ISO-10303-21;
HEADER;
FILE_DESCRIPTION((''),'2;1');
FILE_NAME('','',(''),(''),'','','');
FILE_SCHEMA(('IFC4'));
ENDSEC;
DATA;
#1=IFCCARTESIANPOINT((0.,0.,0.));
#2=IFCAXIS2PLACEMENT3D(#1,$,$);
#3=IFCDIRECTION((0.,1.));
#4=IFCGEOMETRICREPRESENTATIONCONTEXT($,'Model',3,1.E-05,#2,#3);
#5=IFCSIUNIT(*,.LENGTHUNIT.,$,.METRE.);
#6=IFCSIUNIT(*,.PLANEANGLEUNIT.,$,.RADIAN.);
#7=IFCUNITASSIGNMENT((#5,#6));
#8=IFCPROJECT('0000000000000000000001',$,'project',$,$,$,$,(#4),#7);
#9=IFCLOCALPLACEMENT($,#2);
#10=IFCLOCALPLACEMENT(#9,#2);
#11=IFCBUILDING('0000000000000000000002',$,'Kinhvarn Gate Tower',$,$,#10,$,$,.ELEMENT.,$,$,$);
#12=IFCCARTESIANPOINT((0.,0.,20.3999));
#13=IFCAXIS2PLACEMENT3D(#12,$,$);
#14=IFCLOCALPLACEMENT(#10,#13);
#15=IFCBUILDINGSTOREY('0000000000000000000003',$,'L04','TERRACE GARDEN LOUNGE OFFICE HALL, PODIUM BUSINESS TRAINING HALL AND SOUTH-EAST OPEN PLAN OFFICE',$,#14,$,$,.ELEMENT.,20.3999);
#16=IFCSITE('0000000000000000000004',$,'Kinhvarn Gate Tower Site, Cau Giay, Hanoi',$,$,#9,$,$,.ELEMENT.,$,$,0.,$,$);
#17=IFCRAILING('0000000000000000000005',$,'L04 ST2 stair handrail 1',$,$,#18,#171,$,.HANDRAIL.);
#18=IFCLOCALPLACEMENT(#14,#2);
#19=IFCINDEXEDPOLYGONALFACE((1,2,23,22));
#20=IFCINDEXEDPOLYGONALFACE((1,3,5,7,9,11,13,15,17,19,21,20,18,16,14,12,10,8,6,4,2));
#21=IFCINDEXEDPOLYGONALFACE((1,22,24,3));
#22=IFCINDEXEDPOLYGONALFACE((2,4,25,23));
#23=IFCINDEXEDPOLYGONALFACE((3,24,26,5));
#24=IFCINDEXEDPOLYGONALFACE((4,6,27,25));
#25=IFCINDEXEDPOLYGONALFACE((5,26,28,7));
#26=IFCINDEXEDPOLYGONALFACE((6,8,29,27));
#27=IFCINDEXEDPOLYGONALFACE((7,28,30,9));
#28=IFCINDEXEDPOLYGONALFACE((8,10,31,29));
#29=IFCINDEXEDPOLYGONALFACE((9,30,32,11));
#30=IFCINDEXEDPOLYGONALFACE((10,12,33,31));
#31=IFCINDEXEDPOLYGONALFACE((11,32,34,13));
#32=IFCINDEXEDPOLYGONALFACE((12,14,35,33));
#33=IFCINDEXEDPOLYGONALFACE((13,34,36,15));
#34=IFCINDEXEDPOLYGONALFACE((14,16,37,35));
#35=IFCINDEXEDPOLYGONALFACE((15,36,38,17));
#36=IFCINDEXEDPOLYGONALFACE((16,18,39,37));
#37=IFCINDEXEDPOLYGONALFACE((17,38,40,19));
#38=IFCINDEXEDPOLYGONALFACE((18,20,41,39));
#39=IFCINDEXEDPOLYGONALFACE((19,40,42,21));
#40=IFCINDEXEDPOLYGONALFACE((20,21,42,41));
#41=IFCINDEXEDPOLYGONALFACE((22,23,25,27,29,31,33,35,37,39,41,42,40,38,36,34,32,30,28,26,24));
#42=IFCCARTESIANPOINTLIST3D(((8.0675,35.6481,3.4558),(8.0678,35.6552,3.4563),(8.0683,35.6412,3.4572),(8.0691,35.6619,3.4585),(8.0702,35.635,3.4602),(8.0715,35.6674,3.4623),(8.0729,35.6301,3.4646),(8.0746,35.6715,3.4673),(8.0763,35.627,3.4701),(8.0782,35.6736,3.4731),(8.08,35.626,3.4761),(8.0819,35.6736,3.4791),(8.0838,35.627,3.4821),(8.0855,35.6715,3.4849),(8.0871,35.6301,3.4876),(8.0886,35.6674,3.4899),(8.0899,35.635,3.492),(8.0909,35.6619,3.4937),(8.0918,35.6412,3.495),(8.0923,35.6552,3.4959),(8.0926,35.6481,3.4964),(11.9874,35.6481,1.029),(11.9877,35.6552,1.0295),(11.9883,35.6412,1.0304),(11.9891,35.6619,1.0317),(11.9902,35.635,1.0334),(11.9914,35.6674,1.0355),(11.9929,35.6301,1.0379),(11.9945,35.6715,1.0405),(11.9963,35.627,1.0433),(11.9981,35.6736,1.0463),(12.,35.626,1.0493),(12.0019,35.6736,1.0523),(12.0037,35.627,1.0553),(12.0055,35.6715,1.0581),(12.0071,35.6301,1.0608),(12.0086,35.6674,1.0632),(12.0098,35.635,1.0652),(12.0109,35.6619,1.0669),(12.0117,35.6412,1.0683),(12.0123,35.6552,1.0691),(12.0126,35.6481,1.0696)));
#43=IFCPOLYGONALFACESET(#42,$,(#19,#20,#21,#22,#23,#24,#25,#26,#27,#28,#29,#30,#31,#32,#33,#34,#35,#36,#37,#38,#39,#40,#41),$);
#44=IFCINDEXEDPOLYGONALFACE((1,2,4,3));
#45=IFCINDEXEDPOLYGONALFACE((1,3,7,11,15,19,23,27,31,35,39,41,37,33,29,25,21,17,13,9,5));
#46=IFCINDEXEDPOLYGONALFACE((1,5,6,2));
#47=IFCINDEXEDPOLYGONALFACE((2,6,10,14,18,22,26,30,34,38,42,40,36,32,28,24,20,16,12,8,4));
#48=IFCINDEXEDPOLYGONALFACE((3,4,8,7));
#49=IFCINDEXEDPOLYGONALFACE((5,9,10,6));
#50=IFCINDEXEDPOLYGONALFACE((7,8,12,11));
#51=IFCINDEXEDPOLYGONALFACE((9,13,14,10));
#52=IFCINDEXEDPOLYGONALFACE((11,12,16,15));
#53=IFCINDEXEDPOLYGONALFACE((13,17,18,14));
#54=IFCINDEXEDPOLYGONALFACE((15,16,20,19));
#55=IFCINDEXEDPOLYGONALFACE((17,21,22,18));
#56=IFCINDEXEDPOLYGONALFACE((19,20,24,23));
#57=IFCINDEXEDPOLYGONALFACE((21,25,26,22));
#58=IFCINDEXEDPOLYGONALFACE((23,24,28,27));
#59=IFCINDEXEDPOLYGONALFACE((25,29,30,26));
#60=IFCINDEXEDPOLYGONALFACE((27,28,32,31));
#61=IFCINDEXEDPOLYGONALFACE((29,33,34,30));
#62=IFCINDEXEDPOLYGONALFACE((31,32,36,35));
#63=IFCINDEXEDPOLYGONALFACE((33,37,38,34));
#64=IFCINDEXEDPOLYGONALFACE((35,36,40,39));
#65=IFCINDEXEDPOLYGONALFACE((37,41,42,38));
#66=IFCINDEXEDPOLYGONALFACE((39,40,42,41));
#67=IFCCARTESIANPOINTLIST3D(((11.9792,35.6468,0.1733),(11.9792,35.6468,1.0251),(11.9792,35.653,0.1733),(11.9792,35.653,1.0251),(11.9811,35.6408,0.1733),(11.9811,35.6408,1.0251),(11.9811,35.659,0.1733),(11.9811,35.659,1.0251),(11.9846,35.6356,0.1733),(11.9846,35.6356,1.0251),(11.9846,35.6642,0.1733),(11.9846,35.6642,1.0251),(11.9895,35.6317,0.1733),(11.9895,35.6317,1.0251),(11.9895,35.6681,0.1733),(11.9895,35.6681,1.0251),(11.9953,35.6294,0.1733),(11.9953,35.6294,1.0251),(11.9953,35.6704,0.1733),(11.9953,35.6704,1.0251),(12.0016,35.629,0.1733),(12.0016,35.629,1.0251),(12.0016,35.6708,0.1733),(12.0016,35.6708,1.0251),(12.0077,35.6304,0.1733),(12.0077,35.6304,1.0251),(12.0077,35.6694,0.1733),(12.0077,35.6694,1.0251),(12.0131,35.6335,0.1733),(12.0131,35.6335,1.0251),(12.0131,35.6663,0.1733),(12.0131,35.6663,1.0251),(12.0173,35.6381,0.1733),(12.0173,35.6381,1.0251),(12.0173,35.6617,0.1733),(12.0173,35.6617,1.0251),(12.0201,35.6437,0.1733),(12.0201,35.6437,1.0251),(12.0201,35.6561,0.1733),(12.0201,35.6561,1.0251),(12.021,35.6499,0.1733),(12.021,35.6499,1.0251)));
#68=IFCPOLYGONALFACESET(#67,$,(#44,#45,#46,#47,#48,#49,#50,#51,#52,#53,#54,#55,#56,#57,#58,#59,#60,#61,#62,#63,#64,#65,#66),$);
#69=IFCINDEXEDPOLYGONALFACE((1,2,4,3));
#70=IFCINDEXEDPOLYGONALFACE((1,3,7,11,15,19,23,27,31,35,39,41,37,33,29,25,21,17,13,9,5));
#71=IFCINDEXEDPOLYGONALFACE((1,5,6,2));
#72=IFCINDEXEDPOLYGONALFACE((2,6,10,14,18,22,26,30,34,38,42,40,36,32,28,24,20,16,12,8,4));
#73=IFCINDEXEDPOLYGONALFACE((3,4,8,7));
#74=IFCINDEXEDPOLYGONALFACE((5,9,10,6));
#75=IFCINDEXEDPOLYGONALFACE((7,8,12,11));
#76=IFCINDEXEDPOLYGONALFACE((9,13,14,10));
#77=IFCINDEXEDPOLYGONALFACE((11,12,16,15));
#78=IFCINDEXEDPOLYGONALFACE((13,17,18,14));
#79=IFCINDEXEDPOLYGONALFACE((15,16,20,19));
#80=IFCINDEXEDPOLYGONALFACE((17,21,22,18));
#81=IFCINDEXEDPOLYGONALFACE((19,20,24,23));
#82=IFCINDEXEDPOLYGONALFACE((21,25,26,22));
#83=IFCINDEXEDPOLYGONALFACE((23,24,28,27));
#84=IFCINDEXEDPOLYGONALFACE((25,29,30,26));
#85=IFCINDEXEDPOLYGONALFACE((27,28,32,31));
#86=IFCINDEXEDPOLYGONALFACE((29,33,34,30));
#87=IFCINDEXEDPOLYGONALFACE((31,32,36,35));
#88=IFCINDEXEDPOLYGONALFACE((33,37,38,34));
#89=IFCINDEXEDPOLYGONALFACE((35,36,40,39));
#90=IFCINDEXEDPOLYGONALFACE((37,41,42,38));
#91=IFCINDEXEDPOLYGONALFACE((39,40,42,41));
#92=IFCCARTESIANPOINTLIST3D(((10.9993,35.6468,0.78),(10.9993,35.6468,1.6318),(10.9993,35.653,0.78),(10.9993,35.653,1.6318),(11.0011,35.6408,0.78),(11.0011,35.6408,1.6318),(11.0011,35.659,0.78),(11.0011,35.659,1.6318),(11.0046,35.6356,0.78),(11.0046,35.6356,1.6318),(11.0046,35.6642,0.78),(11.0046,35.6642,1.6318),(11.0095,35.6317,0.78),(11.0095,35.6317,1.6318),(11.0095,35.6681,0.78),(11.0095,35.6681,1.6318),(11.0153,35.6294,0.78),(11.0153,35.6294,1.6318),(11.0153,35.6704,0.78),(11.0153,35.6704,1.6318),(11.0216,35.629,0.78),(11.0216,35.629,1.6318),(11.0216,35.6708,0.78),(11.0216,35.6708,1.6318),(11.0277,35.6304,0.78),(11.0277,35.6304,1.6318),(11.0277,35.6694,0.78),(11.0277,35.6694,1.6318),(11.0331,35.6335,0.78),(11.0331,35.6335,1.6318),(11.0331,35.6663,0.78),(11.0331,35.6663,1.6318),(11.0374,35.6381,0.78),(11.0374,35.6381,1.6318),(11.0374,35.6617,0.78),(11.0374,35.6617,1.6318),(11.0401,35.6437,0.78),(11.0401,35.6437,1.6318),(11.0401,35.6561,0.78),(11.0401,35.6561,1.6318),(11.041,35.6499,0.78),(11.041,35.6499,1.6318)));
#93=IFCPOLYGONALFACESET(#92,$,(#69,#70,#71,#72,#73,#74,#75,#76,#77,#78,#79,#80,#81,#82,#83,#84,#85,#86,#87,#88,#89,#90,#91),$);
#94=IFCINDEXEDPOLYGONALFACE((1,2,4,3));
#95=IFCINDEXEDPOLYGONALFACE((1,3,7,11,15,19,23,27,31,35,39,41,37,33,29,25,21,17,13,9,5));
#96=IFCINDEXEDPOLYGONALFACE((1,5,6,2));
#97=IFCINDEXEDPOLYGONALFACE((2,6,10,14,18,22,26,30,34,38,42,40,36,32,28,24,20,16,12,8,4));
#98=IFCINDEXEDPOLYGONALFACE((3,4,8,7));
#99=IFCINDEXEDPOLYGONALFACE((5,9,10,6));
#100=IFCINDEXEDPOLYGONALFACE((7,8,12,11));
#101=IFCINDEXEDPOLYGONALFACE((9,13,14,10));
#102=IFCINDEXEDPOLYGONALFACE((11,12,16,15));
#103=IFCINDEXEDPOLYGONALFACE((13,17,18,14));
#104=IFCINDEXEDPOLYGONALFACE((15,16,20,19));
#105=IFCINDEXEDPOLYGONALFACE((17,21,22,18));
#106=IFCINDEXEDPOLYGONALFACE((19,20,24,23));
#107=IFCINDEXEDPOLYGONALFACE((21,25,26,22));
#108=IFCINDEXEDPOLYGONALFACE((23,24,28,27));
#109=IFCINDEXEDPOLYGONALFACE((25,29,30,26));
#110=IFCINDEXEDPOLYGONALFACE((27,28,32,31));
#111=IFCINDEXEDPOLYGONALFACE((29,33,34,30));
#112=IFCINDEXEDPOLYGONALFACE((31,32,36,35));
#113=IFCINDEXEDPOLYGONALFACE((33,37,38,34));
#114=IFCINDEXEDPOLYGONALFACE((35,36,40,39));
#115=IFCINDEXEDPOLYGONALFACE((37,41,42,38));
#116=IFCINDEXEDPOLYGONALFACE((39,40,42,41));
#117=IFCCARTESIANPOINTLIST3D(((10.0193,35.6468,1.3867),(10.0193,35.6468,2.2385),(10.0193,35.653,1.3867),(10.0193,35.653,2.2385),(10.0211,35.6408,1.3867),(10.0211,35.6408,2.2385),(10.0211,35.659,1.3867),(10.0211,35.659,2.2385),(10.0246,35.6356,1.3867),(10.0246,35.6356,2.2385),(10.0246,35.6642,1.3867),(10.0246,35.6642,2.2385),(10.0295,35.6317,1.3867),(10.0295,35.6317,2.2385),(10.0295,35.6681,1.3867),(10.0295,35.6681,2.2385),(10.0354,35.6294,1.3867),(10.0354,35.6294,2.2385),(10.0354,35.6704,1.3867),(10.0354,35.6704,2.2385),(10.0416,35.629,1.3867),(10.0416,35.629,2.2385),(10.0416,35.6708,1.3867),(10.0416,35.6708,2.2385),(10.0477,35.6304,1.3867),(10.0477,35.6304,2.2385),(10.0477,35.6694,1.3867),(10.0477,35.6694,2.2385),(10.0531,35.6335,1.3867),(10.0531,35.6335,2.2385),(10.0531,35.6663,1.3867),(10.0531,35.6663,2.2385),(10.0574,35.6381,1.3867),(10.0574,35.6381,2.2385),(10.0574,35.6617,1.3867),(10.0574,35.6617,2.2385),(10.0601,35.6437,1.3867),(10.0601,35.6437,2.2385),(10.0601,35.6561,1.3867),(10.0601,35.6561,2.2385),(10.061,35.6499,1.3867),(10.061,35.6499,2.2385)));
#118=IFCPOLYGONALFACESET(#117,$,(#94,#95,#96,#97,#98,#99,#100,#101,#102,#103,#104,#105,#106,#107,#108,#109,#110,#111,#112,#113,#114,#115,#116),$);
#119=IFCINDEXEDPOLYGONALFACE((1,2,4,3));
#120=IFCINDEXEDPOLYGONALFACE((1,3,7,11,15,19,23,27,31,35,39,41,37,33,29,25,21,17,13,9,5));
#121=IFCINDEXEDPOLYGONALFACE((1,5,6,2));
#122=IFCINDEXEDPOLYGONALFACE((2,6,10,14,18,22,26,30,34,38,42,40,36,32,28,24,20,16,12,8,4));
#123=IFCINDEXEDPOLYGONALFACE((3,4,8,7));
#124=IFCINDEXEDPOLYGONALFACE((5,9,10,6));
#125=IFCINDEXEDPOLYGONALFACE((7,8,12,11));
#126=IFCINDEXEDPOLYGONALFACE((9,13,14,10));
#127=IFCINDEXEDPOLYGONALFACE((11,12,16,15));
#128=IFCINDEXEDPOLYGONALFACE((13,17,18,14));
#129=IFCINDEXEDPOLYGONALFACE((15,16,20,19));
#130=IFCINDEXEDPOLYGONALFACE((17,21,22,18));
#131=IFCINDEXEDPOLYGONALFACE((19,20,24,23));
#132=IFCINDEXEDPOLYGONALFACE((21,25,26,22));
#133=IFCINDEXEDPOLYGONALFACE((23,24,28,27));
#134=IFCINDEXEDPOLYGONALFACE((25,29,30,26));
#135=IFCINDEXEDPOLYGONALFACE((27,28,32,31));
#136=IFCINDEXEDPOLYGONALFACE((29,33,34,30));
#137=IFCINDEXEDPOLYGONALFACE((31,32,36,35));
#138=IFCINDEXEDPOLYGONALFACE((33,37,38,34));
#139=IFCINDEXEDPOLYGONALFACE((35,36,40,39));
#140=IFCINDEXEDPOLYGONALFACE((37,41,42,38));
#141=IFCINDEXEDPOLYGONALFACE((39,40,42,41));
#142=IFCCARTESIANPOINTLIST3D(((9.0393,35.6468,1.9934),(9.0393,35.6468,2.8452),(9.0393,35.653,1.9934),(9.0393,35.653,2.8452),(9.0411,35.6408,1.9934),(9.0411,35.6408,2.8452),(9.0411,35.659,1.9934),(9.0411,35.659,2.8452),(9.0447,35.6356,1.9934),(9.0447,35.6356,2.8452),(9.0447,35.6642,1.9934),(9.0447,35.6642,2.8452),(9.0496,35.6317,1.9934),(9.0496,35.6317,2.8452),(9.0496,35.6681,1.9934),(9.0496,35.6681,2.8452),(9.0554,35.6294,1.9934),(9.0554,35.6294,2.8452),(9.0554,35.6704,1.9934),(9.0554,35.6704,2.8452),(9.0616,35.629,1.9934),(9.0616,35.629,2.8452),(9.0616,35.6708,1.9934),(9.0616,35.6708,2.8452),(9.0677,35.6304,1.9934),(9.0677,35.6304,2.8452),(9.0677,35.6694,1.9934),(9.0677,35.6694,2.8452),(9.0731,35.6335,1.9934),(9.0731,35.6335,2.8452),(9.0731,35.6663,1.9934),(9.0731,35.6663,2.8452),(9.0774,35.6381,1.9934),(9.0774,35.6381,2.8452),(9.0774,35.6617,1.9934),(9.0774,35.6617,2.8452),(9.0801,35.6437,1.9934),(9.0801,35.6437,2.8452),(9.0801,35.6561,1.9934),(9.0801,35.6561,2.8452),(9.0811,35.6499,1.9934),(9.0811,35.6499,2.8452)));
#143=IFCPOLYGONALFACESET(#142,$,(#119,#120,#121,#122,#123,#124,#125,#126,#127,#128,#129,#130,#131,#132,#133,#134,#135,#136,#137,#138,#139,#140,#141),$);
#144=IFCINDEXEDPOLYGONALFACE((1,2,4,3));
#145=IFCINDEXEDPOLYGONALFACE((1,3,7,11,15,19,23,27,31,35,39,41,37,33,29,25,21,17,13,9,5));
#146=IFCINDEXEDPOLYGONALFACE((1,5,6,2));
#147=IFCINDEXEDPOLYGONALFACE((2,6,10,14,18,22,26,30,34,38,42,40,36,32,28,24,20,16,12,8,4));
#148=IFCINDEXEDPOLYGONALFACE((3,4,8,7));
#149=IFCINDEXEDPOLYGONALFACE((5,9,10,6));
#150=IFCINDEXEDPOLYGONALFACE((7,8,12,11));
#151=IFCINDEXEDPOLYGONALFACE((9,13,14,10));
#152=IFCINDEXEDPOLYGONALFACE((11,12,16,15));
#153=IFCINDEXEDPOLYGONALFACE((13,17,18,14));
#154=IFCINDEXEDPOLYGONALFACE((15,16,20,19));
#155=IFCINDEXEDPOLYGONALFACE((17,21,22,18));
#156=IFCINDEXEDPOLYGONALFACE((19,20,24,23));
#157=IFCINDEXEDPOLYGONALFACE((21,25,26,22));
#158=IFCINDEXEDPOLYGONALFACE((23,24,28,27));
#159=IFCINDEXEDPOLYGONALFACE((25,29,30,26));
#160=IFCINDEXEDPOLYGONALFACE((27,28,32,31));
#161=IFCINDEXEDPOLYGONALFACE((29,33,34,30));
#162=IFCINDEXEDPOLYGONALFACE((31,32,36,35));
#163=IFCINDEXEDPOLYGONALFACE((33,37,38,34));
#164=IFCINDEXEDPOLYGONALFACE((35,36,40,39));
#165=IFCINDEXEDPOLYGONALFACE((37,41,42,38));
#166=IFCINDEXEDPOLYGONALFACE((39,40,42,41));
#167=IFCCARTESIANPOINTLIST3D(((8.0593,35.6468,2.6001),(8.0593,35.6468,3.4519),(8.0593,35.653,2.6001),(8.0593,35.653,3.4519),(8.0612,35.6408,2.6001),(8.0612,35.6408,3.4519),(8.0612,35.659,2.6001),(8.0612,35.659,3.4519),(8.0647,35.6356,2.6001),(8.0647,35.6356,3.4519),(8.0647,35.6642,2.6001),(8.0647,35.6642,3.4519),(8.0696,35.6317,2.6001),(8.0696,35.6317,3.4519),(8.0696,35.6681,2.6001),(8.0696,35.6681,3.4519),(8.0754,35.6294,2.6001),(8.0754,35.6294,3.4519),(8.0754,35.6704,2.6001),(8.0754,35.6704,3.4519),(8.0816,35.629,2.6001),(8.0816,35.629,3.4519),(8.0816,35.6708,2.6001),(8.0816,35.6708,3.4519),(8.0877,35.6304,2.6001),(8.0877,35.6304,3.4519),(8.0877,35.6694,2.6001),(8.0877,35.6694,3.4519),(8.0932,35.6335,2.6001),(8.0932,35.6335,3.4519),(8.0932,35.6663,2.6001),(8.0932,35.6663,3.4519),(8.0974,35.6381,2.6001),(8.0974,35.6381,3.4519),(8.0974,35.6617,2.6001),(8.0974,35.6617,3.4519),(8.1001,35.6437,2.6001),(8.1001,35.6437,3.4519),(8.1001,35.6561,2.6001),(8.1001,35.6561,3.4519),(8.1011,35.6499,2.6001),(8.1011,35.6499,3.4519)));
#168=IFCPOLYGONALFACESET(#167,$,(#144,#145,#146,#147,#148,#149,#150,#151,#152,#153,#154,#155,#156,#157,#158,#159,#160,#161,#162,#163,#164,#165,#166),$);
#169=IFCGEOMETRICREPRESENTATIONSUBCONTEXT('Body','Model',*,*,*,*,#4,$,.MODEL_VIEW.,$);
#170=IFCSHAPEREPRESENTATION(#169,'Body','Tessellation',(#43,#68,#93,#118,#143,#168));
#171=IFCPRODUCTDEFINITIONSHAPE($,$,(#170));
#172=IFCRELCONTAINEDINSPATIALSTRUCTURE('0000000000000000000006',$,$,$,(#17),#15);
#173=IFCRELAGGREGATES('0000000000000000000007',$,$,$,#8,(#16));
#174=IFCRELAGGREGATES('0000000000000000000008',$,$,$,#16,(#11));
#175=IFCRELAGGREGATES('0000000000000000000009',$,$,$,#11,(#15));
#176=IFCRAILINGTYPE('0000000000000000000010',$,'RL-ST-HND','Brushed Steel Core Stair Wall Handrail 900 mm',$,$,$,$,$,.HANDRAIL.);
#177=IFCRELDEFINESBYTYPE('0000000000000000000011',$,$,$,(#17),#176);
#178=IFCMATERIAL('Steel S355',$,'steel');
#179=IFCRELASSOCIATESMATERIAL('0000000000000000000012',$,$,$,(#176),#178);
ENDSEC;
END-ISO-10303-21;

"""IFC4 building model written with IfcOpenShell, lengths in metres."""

from ifc_helpers import new_model, si_unit, direction, frame, origin, origin_2d, place, context, subcontext, project, spatial, circle, extrude, material, type_object, element, save


model = new_model("IFC4")

# Units and contexts
model_context = context("Model", 3, precision=1e-05, world=origin(), true_north=direction((0.0, 1.0)))
body_context = subcontext(model_context, "Body", "Model", "MODEL_VIEW")
ifc_project = project(units=[si_unit("LENGTHUNIT", "METRE"), si_unit("PLANEANGLEUNIT", "RADIAN")], contexts=[model_context])

# Site, building, storey
site_placement = place(None, origin())
site = spatial("IfcSite", under=ifc_project, at=site_placement, Name="Kinhvarn Gate Tower Site, Cau Giay, Hanoi", CompositionType="ELEMENT", RefElevation=0.0)
building_placement = place(site_placement, origin())
building = spatial("IfcBuilding", under=site, at=building_placement, Name="Kinhvarn Gate Tower", CompositionType="ELEMENT")
storey_placement = place(building_placement, frame((0.0, 0.0, 20.3999)))
storey = spatial("IfcBuildingStorey", under=building, at=storey_placement, Name="L04", Description="TERRACE GARDEN LOUNGE OFFICE HALL, PODIUM BUSINESS TRAINING HALL AND SOUTH-EAST OPEN PLAN OFFICE", CompositionType="ELEMENT", Elevation=20.3999)

# Shared definitions
ifc_material_1 = material(Name="Steel S355", Category="steel")

# Railing
railing_type_1 = type_object("IfcRailingType", Name="RL-ST-HND", Description="Brushed Steel Core Stair Wall Handrail 900 mm", PredefinedType="HANDRAIL", material=ifc_material_1)
railing_1_placement = place(storey_placement, frame((12.0, 35.6499, 0.1733)))
element("IfcRailing", 1, at=railing_1_placement, inside=storey, type_object=railing_type_1, Name="L04 ST2 stair handrail 1", PredefinedType="HANDRAIL", context=body_context, shape_type="SweptSolid", body=[
    extrude(circle(Radius=0.0239, at=origin_2d()), frame((0.0, 0.0, 0.876), z_axis=(-0.850252, 0.0, 0.526376), x_axis=(0.0, -1.0, 0.0)), (0.0, 0.0, 1.0), 4.6104),
    extrude(circle(Radius=0.021, at=origin_2d()), origin(), (0.0, 0.0, 1.0), 0.8518),
    extrude(circle(Radius=0.021, at=origin_2d()), frame((-0.98, 0.0, 0.6067)), (0.0, 0.0, 1.0), 0.8518),
    extrude(circle(Radius=0.021, at=origin_2d()), frame((-1.96, 0.0, 1.2134)), (0.0, 0.0, 1.0), 0.8518),
    extrude(circle(Radius=0.021, at=origin_2d()), frame((-2.9399, 0.0, 1.8201)), (0.0, 0.0, 1.0), 0.8518),
    extrude(circle(Radius=0.021, at=origin_2d()), frame((-3.9199, 0.0, 2.4268)), (0.0, 0.0, 1.0), 0.8518),
])

save(model, "model.ifc")
